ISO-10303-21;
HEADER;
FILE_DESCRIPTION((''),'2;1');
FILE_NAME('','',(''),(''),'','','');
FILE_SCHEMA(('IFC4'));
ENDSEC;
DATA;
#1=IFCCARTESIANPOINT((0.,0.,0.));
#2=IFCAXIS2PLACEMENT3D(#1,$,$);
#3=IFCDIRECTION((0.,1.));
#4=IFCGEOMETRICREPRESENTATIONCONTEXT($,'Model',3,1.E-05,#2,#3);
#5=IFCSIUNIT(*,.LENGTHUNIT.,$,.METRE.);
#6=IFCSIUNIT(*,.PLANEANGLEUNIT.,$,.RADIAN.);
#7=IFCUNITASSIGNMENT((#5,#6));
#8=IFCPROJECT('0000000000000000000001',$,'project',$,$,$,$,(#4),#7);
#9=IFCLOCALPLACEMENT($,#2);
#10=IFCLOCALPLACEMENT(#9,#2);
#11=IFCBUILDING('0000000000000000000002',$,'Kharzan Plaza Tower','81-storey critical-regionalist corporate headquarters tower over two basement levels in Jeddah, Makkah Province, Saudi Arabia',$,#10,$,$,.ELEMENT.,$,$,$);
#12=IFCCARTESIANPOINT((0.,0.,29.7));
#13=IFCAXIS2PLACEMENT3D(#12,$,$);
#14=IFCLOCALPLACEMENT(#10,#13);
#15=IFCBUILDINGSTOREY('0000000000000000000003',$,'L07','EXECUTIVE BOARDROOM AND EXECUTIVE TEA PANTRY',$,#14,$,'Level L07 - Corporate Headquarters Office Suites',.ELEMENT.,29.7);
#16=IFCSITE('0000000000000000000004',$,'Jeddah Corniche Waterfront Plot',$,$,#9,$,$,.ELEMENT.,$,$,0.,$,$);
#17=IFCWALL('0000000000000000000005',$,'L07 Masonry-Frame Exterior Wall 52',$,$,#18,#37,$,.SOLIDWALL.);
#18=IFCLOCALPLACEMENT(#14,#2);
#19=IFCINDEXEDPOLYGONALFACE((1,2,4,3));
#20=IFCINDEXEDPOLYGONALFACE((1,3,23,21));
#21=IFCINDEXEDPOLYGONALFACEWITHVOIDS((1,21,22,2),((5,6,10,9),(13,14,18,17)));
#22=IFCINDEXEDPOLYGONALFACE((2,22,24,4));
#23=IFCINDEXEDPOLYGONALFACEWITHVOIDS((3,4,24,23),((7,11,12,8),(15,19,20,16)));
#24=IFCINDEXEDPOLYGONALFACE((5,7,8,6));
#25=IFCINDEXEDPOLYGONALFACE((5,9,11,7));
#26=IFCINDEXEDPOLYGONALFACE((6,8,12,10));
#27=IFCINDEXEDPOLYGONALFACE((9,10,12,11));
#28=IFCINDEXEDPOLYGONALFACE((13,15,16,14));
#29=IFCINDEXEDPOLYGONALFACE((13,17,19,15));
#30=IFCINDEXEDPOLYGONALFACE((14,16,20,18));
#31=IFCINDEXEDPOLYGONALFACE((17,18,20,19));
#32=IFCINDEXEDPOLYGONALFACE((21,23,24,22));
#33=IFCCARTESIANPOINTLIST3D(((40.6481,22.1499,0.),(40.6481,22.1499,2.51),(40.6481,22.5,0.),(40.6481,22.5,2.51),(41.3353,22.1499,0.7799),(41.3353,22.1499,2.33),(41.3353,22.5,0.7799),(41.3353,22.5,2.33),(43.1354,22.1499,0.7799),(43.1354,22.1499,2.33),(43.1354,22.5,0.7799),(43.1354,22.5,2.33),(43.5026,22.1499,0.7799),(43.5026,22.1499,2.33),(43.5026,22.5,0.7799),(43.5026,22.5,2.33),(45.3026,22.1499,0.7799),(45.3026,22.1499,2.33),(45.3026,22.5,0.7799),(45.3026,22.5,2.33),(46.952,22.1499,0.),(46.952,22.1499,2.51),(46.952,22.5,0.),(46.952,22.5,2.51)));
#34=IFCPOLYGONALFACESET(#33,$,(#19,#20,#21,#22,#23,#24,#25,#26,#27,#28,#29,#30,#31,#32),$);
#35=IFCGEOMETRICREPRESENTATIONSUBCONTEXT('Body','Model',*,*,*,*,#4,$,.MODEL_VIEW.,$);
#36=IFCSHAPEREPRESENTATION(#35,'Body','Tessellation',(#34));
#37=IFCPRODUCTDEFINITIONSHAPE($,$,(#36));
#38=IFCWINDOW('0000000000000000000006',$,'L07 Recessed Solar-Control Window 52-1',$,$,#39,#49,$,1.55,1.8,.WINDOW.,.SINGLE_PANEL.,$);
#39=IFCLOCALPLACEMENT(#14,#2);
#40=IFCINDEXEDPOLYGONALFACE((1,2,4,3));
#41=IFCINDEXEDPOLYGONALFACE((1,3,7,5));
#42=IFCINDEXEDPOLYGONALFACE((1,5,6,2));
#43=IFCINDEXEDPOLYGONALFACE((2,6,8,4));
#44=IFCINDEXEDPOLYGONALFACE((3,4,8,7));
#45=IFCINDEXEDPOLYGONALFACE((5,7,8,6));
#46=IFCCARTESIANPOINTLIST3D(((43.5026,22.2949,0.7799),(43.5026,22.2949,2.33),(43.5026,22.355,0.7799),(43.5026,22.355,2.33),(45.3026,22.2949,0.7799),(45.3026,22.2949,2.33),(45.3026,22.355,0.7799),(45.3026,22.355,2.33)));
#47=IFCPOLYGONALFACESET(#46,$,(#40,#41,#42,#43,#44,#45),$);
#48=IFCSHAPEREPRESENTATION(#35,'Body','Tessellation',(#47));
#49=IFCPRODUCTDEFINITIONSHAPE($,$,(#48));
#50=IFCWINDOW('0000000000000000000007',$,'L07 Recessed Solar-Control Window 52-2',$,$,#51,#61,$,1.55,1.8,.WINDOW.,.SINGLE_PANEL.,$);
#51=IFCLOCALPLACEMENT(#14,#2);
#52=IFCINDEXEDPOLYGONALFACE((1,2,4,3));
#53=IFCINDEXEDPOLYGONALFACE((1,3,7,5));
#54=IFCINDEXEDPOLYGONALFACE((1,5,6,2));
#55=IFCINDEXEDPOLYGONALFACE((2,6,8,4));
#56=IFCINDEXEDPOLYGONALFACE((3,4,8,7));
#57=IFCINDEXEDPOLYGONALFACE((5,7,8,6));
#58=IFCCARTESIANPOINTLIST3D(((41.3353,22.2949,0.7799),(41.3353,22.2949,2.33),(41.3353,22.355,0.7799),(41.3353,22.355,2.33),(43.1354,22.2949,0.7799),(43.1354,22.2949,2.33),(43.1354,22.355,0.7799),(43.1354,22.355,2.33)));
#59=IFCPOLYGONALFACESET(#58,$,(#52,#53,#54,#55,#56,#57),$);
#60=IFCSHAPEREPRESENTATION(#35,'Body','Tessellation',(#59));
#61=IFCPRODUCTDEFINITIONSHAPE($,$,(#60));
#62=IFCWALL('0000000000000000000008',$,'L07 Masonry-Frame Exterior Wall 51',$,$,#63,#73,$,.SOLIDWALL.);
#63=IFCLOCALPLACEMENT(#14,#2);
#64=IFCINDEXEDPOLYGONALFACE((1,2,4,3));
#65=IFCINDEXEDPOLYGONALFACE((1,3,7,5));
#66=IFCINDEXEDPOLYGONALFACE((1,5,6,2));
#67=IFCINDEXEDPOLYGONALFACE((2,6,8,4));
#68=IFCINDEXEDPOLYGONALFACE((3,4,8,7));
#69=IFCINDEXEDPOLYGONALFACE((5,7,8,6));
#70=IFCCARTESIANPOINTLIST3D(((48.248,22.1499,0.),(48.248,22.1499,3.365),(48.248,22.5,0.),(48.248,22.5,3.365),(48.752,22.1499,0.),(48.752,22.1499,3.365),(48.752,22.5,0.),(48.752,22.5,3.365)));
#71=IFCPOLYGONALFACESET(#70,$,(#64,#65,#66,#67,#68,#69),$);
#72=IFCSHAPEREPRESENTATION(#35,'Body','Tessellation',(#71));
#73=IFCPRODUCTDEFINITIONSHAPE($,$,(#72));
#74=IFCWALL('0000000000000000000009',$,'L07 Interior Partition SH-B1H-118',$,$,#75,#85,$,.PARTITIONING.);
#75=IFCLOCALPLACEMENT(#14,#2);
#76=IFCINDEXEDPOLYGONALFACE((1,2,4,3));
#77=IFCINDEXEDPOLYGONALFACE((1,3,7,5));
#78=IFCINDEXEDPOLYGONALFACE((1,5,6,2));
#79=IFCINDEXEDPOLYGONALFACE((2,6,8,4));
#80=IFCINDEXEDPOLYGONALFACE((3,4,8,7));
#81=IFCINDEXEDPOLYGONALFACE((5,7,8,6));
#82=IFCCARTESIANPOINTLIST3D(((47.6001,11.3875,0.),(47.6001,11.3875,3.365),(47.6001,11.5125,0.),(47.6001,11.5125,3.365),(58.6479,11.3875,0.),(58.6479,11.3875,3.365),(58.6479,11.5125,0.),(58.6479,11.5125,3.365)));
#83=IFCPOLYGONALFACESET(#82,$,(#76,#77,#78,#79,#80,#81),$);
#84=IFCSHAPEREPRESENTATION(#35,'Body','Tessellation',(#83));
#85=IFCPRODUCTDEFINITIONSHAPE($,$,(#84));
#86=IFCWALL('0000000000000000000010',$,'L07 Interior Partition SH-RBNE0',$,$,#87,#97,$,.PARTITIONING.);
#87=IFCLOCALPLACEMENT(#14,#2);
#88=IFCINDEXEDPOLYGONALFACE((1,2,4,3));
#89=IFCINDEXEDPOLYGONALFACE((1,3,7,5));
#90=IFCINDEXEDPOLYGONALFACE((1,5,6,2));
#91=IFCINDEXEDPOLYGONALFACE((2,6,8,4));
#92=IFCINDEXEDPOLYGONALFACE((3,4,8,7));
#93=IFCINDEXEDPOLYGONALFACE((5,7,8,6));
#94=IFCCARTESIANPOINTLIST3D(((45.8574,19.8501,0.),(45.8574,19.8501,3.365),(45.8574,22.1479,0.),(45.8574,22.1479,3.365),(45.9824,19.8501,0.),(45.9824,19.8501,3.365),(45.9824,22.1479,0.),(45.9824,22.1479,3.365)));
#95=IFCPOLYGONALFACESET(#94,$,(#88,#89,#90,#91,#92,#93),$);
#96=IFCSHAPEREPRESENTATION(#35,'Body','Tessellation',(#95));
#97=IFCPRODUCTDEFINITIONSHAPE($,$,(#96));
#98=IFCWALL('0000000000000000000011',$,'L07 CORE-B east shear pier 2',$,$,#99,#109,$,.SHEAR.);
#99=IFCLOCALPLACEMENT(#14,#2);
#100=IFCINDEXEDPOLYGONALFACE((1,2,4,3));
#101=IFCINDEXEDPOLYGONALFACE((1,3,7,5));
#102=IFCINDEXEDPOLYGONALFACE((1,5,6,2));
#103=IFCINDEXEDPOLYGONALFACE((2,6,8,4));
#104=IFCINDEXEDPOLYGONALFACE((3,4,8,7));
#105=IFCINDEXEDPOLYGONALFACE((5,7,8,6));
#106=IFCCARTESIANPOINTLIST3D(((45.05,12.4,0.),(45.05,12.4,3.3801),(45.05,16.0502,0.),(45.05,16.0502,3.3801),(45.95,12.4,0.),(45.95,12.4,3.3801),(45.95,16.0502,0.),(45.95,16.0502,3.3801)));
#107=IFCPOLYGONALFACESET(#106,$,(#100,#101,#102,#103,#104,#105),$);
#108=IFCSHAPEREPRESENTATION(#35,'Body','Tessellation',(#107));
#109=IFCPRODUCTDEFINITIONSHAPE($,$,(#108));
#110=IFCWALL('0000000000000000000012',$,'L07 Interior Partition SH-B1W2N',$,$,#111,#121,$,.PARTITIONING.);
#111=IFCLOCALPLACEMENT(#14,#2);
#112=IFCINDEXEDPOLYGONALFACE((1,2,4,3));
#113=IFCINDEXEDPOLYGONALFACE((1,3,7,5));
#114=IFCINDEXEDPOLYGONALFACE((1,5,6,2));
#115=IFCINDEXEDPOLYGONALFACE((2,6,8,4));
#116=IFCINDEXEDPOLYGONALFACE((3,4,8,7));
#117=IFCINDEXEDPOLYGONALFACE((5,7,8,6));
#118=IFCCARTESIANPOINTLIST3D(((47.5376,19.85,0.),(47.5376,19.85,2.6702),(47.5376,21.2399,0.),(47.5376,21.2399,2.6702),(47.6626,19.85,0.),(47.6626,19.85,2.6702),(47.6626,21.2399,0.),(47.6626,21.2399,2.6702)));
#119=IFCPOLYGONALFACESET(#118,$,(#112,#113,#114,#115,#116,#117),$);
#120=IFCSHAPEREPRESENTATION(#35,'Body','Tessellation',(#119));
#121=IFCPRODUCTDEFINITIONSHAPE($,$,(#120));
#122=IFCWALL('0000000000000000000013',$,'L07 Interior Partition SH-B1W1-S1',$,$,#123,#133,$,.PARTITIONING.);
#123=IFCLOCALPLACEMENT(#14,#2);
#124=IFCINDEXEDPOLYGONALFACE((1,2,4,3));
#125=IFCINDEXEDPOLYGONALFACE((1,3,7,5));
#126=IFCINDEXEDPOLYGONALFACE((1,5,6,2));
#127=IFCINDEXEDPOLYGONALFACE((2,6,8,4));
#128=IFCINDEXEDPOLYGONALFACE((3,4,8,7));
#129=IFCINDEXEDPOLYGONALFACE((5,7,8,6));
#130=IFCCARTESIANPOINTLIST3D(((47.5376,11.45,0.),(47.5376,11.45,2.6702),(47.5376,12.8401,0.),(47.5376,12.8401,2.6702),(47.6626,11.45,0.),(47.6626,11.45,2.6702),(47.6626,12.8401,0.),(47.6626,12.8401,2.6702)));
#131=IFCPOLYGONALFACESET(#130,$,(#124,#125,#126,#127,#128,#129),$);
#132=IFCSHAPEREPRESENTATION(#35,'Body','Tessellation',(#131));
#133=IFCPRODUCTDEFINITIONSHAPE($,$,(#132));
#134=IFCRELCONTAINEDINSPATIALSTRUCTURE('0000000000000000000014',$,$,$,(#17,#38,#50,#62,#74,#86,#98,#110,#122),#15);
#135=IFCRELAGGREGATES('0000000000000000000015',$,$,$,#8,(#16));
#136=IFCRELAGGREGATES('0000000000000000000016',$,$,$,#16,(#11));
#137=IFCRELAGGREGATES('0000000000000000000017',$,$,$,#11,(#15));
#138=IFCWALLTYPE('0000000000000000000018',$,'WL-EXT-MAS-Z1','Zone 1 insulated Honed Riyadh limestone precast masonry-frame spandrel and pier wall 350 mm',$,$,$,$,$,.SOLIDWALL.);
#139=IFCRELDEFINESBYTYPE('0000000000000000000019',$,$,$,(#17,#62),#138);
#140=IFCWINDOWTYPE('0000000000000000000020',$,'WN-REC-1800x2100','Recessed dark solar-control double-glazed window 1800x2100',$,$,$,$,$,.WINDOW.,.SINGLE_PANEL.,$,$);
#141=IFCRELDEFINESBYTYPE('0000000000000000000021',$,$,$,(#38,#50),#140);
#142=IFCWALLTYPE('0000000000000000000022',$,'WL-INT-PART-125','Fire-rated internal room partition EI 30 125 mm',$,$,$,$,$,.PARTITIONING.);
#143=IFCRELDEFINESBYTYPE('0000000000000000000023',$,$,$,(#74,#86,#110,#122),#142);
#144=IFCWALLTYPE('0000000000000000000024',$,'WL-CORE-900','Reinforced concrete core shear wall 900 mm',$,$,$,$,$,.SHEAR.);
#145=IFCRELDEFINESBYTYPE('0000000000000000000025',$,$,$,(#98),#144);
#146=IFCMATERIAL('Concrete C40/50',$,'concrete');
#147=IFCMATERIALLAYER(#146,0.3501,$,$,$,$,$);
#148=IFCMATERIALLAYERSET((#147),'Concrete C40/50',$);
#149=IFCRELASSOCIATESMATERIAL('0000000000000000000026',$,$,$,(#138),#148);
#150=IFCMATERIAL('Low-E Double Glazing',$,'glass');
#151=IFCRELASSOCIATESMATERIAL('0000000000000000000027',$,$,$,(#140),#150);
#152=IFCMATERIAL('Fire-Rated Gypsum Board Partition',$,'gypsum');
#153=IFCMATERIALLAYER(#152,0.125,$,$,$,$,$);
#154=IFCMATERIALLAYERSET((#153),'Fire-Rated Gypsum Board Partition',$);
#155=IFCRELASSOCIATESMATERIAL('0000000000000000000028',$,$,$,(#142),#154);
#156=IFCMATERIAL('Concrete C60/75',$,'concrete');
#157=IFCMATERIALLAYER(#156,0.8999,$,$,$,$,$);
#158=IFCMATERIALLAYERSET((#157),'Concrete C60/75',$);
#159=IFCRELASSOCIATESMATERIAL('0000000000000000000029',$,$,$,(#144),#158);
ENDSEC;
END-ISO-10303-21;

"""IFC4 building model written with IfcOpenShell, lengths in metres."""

from ifc_helpers import new_model, si_unit, direction, frame, frame_2d, origin, place, context, subcontext, project, spatial, rectangle, extrude, source, transform, mapped, material, layer, layer_set, type_object, element, fill, save


model = new_model("IFC4")

# Units and contexts
model_context = context("Model", 3, precision=1e-05, world=origin(), true_north=direction((0.0, 1.0)))
body_context = subcontext(model_context, "Body", "Model", "MODEL_VIEW")
ifc_project = project(units=[si_unit("LENGTHUNIT", "METRE"), si_unit("PLANEANGLEUNIT", "RADIAN")], contexts=[model_context])

# Site, building, storey
site_placement = place(None, origin())
site = spatial("IfcSite", under=ifc_project, at=site_placement, Name="Jeddah Corniche Waterfront Plot", CompositionType="ELEMENT", RefElevation=0.0)
building_placement = place(site_placement, origin())
building = spatial("IfcBuilding", under=site, at=building_placement, Name="Kharzan Plaza Tower", Description="81-storey critical-regionalist corporate headquarters tower over two basement levels in Jeddah, Makkah Province, Saudi Arabia", CompositionType="ELEMENT")
storey_placement = place(building_placement, frame((0.0, 0.0, 29.7)))
storey = spatial("IfcBuildingStorey", under=building, at=storey_placement, Name="L07", Description="EXECUTIVE BOARDROOM AND EXECUTIVE TEA PANTRY", LongName="Level L07 - Corporate Headquarters Office Suites", CompositionType="ELEMENT", Elevation=29.7)

# Shared definitions
ifc_material_1 = material(Name="Concrete C60/75", Category="concrete")

# Wall, openings, windows
ifc_material_2 = material(Name="Concrete C40/50", Category="concrete")
ifc_layer_1 = layer(ifc_material_2, 0.3501)
ifc_layer_set_1 = layer_set([ifc_layer_1], Name="Concrete C40/50")
wall_type_1 = type_object("IfcWallType", Name="WL-EXT-MAS-Z1", Description="Zone 1 insulated Honed Riyadh limestone precast masonry-frame spandrel and pier wall 350 mm", PredefinedType="SOLIDWALL", material=ifc_layer_set_1)
wall_1_placement = place(storey_placement, frame((46.9519, 22.325, 0.0), z_axis=(0.0, 0.0, 1.0), x_axis=(-1.0, 0.0, 0.0)))
wall_1 = element("IfcWall", 1, at=wall_1_placement, inside=storey, type_object=wall_type_1, Name="L07 Masonry-Frame Exterior Wall 52", PredefinedType="SOLIDWALL", context=body_context, shape_type="SweptSolid", body=[
    extrude(rectangle(XDim=6.304, YDim=0.3501, at=frame_2d((3.1519, 0.0))), origin(), (0.0, 0.0, 1.0), 2.51),
])
opening_1_placement = place(wall_1_placement, frame((1.6494, 0.0, 0.78)))
opening_1 = element("IfcOpeningElement", 2, at=opening_1_placement, cuts=wall_1, PredefinedType="OPENING", context=body_context, shape_type="SweptSolid", body=[
    extrude(rectangle(XDim=1.8, YDim=1.55, at=frame_2d((0.8999, 0.7749))), frame((0.0, 0.1851, 0.0), z_axis=(0.0, -1.0, 0.0), x_axis=(1.0, 0.0, 0.0)), (0.0, 0.0, 1.0), 0.3701),
])
opening_2_placement = place(wall_1_placement, frame((3.8167, 0.0, 0.78)))
opening_2 = element("IfcOpeningElement", 3, at=opening_2_placement, cuts=wall_1, PredefinedType="OPENING", context=body_context, shape_type="SweptSolid", body=[
    extrude(rectangle(XDim=1.8, YDim=1.55, at=frame_2d((0.8999, 0.7749))), frame((0.0, 0.1851, 0.0), z_axis=(0.0, -1.0, 0.0), x_axis=(1.0, 0.0, 0.0)), (0.0, 0.0, 1.0), 0.3701),
])
ifc_material_3 = material(Name="Low-E Double Glazing", Category="glass")
window_type = type_object("IfcWindowType", Name="WN-REC-1800x2100", Description="Recessed dark solar-control double-glazed window 1800x2100", PartitioningType="SINGLE_PANEL", PredefinedType="WINDOW", material=ifc_material_3)
shared_shape_1 = source(origin(), body_context, "Body", "SweptSolid", [
    extrude(rectangle(XDim=1.8, YDim=1.55, at=frame_2d((0.8999, 0.7749))), frame((0.0, 0.03, 0.0), z_axis=(0.0, -1.0, 0.0), x_axis=(1.0, 0.0, 0.0)), (0.0, 0.0, 1.0), 0.0601),
])
window_1_placement = place(opening_1_placement, origin())
window_1 = element("IfcWindow", 4, at=window_1_placement, inside=storey, type_object=window_type, Name="L07 Recessed Solar-Control Window 52-1", OverallHeight=1.55, OverallWidth=1.8, PartitioningType="SINGLE_PANEL", PredefinedType="WINDOW", context=body_context, shape_type="MappedRepresentation", body=[
    mapped(shared_shape_1, transform((0.0, 0.0, 0.0), x_axis=(1.0, 0.0, 0.0), y_axis=(0.0, 1.0, 0.0), z_axis=(0.0, 0.0, 1.0))),
])
fill(opening_1, window_1)
window_2_placement = place(opening_2_placement, origin())
window_2 = element("IfcWindow", 5, at=window_2_placement, inside=storey, type_object=window_type, Name="L07 Recessed Solar-Control Window 52-2", OverallHeight=1.55, OverallWidth=1.8, PartitioningType="SINGLE_PANEL", PredefinedType="WINDOW", context=body_context, shape_type="MappedRepresentation", body=[
    mapped(shared_shape_1, transform((0.0, 0.0, 0.0), x_axis=(1.0, 0.0, 0.0), y_axis=(0.0, 1.0, 0.0), z_axis=(0.0, 0.0, 1.0))),
])
fill(opening_2, window_2)

# Shared definitions
ifc_material_4 = material(Name="Fire-Rated Gypsum Board Partition", Category="gypsum")
ifc_layer_2 = layer(ifc_material_4, 0.125)
ifc_layer_set_2 = layer_set([ifc_layer_2], Name="Fire-Rated Gypsum Board Partition")
wall_type_2 = type_object("IfcWallType", Name="WL-INT-PART-125", Description="Fire-rated internal room partition EI 30 125 mm", PredefinedType="PARTITIONING", material=ifc_layer_set_2)

# Walls
shared_shape_2 = source(origin(), body_context, "Body", "SweptSolid", [
    extrude(rectangle(XDim=0.5039, YDim=0.3501, at=frame_2d((0.252, 0.0))), origin(), (0.0, 0.0, 1.0), 3.365),
])
wall_2_placement = place(storey_placement, frame((48.752, 22.325, 0.0), z_axis=(0.0, 0.0, 1.0), x_axis=(-1.0, 0.0, 0.0)))
element("IfcWall", 6, at=wall_2_placement, inside=storey, type_object=wall_type_1, Name="L07 Masonry-Frame Exterior Wall 51", PredefinedType="SOLIDWALL", context=body_context, shape_type="MappedRepresentation", body=[
    mapped(shared_shape_2, transform((0.0, 0.0, 0.0), x_axis=(1.0, 0.0, 0.0), y_axis=(0.0, 1.0, 0.0), z_axis=(0.0, 0.0, 1.0))),
])
shared_shape_3 = source(origin(), body_context, "Body", "SweptSolid", [
    extrude(rectangle(XDim=11.0479, YDim=0.125, at=frame_2d((5.5239, 0.0))), origin(), (0.0, 0.0, 1.0), 3.365),
])
wall_3_placement = place(storey_placement, frame((47.6001, 11.45, 0.0), z_axis=(0.0, 0.0, 1.0), x_axis=(1.0, 0.0, 0.0)))
element("IfcWall", 7, at=wall_3_placement, inside=storey, type_object=wall_type_2, Name="L07 Interior Partition SH-B1H-118", PredefinedType="PARTITIONING", context=body_context, shape_type="MappedRepresentation", body=[
    mapped(shared_shape_3, transform((0.0, 0.0, 0.0), x_axis=(1.0, 0.0, 0.0), y_axis=(0.0, 1.0, 0.0), z_axis=(0.0, 0.0, 1.0))),
])
shared_shape_4 = source(origin(), body_context, "Body", "SweptSolid", [
    extrude(rectangle(XDim=2.2979, YDim=0.125, at=frame_2d((1.1489, 0.0))), origin(), (0.0, 0.0, 1.0), 3.365),
])
wall_4_placement = place(storey_placement, frame((45.9199, 19.8501, 0.0), z_axis=(0.0, 0.0, 1.0), x_axis=(0.0, 1.0, 0.0)))
element("IfcWall", 8, at=wall_4_placement, inside=storey, type_object=wall_type_2, Name="L07 Interior Partition SH-RBNE0", PredefinedType="PARTITIONING", context=body_context, shape_type="MappedRepresentation", body=[
    mapped(shared_shape_4, transform((0.0, 0.0, 0.0), x_axis=(1.0, 0.0, 0.0), y_axis=(0.0, 1.0, 0.0), z_axis=(0.0, 0.0, 1.0))),
])
ifc_layer_3 = layer(ifc_material_1, 0.8999)
ifc_layer_set_3 = layer_set([ifc_layer_3], Name="Concrete C60/75")
wall_type_3 = type_object("IfcWallType", Name="WL-CORE-900", Description="Reinforced concrete core shear wall 900 mm", PredefinedType="SHEAR", material=ifc_layer_set_3)
shared_shape_5 = source(origin(), body_context, "Body", "SweptSolid", [
    extrude(rectangle(XDim=3.6501, YDim=0.8999, at=frame_2d((1.8252, 0.0))), origin(), (0.0, 0.0, 1.0), 3.3801),
])
wall_5_placement = place(storey_placement, frame((45.5, 12.3999, 0.0), z_axis=(0.0, 0.0, 1.0), x_axis=(0.0, 1.0, 0.0)))
element("IfcWall", 9, at=wall_5_placement, inside=storey, type_object=wall_type_3, Name="L07 CORE-B east shear pier 2", PredefinedType="SHEAR", context=body_context, shape_type="MappedRepresentation", body=[
    mapped(shared_shape_5, transform((0.0, 0.0, 0.0), x_axis=(1.0, 0.0, 0.0), y_axis=(0.0, 1.0, 0.0), z_axis=(0.0, 0.0, 1.0))),
])
shared_shape_6 = source(origin(), body_context, "Body", "SweptSolid", [
    extrude(rectangle(XDim=1.3899, YDim=0.125, at=frame_2d((0.6948, 0.0))), origin(), (0.0, 0.0, 1.0), 2.6702),
])
wall_6_placement = place(storey_placement, frame((47.6001, 19.8501, 0.0), z_axis=(0.0, 0.0, 1.0), x_axis=(0.0, 1.0, 0.0)))
element("IfcWall", 10, at=wall_6_placement, inside=storey, type_object=wall_type_2, Name="L07 Interior Partition SH-B1W2N", PredefinedType="PARTITIONING", context=body_context, shape_type="MappedRepresentation", body=[
    mapped(shared_shape_6, transform((0.0, 0.0, 0.0), x_axis=(1.0, 0.0, 0.0), y_axis=(0.0, 1.0, 0.0), z_axis=(0.0, 0.0, 1.0))),
])
shared_shape_7 = source(origin(), body_context, "Body", "SweptSolid", [
    extrude(rectangle(XDim=1.3901, YDim=0.125, at=frame_2d((0.6951, 0.0))), origin(), (0.0, 0.0, 1.0), 2.6702),
])
wall_7_placement = place(storey_placement, frame((47.6001, 11.45, 0.0), z_axis=(0.0, 0.0, 1.0), x_axis=(0.0, 1.0, 0.0)))
element("IfcWall", 11, at=wall_7_placement, inside=storey, type_object=wall_type_2, Name="L07 Interior Partition SH-B1W1-S1", PredefinedType="PARTITIONING", context=body_context, shape_type="MappedRepresentation", body=[
    mapped(shared_shape_7, transform((0.0, 0.0, 0.0), x_axis=(1.0, 0.0, 0.0), y_axis=(0.0, 1.0, 0.0), z_axis=(0.0, 0.0, 1.0))),
])

save(model, "model.ifc")
